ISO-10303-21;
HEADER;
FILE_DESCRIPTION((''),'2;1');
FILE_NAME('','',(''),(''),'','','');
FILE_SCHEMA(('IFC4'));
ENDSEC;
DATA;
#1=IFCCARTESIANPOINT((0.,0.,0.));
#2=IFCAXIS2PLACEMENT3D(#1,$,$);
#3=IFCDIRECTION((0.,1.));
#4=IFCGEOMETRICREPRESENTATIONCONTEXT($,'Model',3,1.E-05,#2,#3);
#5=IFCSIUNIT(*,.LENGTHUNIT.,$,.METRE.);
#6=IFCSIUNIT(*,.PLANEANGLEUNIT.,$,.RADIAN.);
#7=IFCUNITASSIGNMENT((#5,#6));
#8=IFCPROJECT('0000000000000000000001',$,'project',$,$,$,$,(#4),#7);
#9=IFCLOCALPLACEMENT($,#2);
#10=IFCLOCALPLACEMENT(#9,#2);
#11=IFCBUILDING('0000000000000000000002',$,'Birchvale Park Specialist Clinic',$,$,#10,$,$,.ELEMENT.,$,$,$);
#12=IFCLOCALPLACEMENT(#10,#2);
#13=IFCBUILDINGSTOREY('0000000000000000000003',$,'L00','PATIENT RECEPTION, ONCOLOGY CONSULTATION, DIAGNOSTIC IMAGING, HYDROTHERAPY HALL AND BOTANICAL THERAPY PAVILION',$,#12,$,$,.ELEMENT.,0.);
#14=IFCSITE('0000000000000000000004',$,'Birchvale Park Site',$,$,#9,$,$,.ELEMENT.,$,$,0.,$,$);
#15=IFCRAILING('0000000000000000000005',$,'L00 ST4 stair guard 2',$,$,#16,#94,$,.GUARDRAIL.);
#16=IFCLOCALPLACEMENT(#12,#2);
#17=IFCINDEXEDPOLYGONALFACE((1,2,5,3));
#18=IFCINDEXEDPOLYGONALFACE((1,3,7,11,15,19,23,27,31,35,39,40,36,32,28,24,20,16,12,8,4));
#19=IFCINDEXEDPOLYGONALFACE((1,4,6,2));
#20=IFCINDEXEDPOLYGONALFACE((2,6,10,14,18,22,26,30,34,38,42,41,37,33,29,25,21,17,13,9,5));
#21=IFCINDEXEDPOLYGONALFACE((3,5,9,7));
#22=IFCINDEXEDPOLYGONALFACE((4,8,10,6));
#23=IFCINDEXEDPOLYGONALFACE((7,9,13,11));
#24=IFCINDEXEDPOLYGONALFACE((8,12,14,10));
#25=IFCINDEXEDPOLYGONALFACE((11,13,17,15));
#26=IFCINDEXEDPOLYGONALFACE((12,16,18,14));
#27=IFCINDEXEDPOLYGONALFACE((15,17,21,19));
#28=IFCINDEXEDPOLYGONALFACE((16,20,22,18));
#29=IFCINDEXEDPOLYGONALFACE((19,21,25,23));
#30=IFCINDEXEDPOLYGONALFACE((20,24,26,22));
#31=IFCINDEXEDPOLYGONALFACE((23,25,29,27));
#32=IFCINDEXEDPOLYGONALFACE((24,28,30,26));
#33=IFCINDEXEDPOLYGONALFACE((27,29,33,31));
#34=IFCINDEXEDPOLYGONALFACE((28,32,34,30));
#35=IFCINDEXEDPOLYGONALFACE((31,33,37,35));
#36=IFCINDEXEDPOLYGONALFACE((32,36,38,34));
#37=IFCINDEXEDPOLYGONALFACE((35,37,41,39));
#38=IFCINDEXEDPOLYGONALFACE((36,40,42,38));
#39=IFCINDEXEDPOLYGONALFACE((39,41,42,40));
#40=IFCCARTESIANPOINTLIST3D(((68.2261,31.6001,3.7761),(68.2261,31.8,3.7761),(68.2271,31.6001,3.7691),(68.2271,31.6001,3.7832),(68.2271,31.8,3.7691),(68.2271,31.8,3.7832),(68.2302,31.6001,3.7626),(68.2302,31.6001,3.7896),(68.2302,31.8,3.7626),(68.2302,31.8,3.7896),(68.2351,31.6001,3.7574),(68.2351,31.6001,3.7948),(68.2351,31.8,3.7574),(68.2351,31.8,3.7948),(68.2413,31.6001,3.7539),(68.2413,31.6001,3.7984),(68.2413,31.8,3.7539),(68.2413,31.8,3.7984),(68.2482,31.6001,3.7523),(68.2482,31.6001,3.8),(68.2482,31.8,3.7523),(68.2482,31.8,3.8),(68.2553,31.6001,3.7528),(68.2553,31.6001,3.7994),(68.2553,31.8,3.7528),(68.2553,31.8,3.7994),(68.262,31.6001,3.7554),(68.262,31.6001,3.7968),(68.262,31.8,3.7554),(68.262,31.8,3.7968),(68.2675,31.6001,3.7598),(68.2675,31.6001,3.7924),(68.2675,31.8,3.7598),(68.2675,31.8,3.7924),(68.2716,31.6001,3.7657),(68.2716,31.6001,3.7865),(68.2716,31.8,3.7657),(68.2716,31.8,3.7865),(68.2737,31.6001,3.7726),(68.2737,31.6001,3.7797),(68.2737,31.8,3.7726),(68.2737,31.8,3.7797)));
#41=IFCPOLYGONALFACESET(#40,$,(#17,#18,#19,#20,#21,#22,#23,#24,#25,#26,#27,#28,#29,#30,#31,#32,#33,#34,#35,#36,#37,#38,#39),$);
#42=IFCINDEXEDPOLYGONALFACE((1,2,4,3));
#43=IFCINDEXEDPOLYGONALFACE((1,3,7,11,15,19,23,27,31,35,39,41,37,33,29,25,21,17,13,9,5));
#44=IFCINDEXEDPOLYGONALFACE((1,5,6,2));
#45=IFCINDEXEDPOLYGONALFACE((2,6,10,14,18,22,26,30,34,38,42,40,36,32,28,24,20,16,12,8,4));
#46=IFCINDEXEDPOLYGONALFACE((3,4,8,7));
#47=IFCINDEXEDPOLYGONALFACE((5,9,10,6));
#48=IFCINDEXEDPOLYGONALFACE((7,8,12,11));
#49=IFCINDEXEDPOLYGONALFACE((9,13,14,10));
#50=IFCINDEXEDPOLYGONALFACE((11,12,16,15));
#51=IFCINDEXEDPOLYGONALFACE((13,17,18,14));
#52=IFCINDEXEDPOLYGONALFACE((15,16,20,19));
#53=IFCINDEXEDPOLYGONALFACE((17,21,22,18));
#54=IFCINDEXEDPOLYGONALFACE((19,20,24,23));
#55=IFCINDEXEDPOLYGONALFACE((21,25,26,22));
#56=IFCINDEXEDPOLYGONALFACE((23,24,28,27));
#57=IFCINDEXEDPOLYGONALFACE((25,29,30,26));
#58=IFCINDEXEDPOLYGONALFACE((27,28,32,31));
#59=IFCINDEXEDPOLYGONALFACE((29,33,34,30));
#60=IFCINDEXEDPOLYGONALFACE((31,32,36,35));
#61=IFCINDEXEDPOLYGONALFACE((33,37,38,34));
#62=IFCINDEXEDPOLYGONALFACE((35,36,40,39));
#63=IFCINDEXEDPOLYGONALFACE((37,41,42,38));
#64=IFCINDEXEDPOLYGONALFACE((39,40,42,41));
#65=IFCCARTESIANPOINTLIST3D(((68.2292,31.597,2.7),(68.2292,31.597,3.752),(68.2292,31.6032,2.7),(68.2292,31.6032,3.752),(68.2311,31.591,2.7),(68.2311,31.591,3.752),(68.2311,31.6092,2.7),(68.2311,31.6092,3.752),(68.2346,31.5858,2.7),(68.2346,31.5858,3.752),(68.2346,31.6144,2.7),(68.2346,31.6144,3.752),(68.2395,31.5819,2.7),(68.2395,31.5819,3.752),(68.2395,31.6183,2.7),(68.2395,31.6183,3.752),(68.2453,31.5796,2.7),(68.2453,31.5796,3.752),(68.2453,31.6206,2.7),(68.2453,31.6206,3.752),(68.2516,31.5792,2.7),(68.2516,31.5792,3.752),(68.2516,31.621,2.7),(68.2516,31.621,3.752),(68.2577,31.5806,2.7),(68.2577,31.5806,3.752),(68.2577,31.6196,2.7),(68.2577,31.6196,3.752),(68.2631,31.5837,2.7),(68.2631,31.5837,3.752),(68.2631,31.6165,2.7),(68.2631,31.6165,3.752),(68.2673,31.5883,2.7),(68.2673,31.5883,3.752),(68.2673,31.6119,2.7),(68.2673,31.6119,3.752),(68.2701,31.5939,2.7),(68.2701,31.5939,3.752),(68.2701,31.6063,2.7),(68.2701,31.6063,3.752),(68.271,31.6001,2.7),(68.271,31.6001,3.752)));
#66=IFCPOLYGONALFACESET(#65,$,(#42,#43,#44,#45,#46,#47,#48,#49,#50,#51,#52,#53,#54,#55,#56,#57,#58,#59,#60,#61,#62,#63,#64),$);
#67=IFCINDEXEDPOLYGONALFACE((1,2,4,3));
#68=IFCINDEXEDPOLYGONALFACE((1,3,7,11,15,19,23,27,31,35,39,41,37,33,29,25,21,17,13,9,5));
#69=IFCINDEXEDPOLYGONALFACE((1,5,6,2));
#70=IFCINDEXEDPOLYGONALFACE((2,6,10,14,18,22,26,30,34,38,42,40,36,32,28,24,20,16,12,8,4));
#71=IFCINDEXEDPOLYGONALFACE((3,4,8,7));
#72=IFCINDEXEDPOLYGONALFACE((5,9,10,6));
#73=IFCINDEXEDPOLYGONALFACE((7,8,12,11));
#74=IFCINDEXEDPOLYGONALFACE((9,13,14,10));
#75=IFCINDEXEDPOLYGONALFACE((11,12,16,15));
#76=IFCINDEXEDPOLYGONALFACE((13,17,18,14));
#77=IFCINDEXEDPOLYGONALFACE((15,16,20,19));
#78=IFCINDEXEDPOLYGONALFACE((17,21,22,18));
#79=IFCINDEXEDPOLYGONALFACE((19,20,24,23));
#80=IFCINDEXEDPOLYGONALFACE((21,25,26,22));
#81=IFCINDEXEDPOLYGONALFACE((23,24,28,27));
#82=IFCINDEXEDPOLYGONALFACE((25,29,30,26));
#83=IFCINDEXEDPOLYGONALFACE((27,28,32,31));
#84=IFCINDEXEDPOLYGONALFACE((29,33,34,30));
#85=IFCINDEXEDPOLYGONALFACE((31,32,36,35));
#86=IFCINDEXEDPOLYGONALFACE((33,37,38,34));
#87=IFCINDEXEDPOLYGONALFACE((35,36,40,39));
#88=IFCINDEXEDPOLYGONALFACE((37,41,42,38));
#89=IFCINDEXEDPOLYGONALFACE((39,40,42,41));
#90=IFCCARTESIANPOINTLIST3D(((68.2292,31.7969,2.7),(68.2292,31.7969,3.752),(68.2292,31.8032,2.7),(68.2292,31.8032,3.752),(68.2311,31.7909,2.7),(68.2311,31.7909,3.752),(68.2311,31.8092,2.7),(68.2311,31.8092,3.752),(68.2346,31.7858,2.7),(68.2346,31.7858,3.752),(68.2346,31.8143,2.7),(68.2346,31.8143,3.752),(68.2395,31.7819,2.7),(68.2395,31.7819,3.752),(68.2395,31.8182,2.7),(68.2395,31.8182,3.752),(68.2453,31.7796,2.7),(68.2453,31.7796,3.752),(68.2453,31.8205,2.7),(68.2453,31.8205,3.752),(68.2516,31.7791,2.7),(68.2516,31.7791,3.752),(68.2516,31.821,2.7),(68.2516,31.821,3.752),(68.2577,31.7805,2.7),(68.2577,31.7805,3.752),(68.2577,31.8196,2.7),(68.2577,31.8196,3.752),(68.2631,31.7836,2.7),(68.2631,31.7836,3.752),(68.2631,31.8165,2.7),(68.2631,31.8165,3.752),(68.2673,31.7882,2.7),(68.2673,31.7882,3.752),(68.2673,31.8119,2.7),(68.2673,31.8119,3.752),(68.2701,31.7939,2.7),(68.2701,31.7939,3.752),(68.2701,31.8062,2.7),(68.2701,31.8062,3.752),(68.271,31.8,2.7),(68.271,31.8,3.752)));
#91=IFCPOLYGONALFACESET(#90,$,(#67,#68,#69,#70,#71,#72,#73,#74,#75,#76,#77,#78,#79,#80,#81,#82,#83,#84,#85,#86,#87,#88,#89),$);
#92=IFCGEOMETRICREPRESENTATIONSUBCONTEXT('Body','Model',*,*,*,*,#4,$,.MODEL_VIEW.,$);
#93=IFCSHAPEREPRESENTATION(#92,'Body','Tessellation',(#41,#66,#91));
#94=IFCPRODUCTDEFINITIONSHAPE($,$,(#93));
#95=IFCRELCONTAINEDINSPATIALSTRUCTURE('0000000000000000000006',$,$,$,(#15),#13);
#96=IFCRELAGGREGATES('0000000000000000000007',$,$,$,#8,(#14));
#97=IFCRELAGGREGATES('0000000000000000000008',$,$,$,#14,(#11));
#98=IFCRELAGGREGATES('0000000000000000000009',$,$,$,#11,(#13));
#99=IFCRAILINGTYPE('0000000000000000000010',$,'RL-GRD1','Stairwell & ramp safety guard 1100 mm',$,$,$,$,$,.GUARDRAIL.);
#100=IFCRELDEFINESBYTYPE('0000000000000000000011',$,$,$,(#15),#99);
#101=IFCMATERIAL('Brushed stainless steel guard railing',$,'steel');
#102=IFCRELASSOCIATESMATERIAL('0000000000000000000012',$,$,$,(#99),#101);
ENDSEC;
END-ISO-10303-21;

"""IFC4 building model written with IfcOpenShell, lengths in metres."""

from ifc_helpers import new_model, si_unit, direction, frame, origin, origin_2d, place, context, subcontext, project, spatial, circle, extrude, material, type_object, element, save


model = new_model("IFC4")

# Units and contexts
model_context = context("Model", 3, precision=1e-05, world=origin(), true_north=direction((0.0, 1.0)))
body_context = subcontext(model_context, "Body", "Model", "MODEL_VIEW")
ifc_project = project(units=[si_unit("LENGTHUNIT", "METRE"), si_unit("PLANEANGLEUNIT", "RADIAN")], contexts=[model_context])

# Site, building, storey
site_placement = place(None, origin())
site = spatial("IfcSite", under=ifc_project, at=site_placement, Name="Birchvale Park Site", CompositionType="ELEMENT", RefElevation=0.0)
building_placement = place(site_placement, origin())
building = spatial("IfcBuilding", under=site, at=building_placement, Name="Birchvale Park Specialist Clinic", CompositionType="ELEMENT")
storey_placement = place(building_placement, origin())
storey = spatial("IfcBuildingStorey", under=building, at=storey_placement, Name="L00", Description="PATIENT RECEPTION, ONCOLOGY CONSULTATION, DIAGNOSTIC IMAGING, HYDROTHERAPY HALL AND BOTANICAL THERAPY PAVILION", CompositionType="ELEMENT", Elevation=0.0)

# Railing
ifc_material_1 = material(Name="Brushed stainless steel guard railing", Category="steel")
railing_type_1 = type_object("IfcRailingType", Name="RL-GRD1", Description="Stairwell & ramp safety guard 1100 mm", PredefinedType="GUARDRAIL", material=ifc_material_1)
railing_1_placement = place(storey_placement, frame((68.25, 31.6001, 2.7)))
element("IfcRailing", 1, at=railing_1_placement, inside=storey, type_object=railing_type_1, Name="L00 ST4 stair guard 2", PredefinedType="GUARDRAIL", context=body_context, shape_type="SweptSolid", body=[
    extrude(circle(Radius=0.0239, at=origin_2d()), frame((0.0, 0.0, 1.0762), z_axis=(0.0, 1.0, 0.0), x_axis=(-1.0, 0.0, 0.0)), (0.0, 0.0, 1.0), 0.2),
    extrude(circle(Radius=0.021, at=origin_2d()), origin(), (0.0, 0.0, 1.0), 1.052),
    extrude(circle(Radius=0.021, at=origin_2d()), frame((0.0, 0.2, 0.0)), (0.0, 0.0, 1.0), 1.052),
])

save(model, "model.ifc")
